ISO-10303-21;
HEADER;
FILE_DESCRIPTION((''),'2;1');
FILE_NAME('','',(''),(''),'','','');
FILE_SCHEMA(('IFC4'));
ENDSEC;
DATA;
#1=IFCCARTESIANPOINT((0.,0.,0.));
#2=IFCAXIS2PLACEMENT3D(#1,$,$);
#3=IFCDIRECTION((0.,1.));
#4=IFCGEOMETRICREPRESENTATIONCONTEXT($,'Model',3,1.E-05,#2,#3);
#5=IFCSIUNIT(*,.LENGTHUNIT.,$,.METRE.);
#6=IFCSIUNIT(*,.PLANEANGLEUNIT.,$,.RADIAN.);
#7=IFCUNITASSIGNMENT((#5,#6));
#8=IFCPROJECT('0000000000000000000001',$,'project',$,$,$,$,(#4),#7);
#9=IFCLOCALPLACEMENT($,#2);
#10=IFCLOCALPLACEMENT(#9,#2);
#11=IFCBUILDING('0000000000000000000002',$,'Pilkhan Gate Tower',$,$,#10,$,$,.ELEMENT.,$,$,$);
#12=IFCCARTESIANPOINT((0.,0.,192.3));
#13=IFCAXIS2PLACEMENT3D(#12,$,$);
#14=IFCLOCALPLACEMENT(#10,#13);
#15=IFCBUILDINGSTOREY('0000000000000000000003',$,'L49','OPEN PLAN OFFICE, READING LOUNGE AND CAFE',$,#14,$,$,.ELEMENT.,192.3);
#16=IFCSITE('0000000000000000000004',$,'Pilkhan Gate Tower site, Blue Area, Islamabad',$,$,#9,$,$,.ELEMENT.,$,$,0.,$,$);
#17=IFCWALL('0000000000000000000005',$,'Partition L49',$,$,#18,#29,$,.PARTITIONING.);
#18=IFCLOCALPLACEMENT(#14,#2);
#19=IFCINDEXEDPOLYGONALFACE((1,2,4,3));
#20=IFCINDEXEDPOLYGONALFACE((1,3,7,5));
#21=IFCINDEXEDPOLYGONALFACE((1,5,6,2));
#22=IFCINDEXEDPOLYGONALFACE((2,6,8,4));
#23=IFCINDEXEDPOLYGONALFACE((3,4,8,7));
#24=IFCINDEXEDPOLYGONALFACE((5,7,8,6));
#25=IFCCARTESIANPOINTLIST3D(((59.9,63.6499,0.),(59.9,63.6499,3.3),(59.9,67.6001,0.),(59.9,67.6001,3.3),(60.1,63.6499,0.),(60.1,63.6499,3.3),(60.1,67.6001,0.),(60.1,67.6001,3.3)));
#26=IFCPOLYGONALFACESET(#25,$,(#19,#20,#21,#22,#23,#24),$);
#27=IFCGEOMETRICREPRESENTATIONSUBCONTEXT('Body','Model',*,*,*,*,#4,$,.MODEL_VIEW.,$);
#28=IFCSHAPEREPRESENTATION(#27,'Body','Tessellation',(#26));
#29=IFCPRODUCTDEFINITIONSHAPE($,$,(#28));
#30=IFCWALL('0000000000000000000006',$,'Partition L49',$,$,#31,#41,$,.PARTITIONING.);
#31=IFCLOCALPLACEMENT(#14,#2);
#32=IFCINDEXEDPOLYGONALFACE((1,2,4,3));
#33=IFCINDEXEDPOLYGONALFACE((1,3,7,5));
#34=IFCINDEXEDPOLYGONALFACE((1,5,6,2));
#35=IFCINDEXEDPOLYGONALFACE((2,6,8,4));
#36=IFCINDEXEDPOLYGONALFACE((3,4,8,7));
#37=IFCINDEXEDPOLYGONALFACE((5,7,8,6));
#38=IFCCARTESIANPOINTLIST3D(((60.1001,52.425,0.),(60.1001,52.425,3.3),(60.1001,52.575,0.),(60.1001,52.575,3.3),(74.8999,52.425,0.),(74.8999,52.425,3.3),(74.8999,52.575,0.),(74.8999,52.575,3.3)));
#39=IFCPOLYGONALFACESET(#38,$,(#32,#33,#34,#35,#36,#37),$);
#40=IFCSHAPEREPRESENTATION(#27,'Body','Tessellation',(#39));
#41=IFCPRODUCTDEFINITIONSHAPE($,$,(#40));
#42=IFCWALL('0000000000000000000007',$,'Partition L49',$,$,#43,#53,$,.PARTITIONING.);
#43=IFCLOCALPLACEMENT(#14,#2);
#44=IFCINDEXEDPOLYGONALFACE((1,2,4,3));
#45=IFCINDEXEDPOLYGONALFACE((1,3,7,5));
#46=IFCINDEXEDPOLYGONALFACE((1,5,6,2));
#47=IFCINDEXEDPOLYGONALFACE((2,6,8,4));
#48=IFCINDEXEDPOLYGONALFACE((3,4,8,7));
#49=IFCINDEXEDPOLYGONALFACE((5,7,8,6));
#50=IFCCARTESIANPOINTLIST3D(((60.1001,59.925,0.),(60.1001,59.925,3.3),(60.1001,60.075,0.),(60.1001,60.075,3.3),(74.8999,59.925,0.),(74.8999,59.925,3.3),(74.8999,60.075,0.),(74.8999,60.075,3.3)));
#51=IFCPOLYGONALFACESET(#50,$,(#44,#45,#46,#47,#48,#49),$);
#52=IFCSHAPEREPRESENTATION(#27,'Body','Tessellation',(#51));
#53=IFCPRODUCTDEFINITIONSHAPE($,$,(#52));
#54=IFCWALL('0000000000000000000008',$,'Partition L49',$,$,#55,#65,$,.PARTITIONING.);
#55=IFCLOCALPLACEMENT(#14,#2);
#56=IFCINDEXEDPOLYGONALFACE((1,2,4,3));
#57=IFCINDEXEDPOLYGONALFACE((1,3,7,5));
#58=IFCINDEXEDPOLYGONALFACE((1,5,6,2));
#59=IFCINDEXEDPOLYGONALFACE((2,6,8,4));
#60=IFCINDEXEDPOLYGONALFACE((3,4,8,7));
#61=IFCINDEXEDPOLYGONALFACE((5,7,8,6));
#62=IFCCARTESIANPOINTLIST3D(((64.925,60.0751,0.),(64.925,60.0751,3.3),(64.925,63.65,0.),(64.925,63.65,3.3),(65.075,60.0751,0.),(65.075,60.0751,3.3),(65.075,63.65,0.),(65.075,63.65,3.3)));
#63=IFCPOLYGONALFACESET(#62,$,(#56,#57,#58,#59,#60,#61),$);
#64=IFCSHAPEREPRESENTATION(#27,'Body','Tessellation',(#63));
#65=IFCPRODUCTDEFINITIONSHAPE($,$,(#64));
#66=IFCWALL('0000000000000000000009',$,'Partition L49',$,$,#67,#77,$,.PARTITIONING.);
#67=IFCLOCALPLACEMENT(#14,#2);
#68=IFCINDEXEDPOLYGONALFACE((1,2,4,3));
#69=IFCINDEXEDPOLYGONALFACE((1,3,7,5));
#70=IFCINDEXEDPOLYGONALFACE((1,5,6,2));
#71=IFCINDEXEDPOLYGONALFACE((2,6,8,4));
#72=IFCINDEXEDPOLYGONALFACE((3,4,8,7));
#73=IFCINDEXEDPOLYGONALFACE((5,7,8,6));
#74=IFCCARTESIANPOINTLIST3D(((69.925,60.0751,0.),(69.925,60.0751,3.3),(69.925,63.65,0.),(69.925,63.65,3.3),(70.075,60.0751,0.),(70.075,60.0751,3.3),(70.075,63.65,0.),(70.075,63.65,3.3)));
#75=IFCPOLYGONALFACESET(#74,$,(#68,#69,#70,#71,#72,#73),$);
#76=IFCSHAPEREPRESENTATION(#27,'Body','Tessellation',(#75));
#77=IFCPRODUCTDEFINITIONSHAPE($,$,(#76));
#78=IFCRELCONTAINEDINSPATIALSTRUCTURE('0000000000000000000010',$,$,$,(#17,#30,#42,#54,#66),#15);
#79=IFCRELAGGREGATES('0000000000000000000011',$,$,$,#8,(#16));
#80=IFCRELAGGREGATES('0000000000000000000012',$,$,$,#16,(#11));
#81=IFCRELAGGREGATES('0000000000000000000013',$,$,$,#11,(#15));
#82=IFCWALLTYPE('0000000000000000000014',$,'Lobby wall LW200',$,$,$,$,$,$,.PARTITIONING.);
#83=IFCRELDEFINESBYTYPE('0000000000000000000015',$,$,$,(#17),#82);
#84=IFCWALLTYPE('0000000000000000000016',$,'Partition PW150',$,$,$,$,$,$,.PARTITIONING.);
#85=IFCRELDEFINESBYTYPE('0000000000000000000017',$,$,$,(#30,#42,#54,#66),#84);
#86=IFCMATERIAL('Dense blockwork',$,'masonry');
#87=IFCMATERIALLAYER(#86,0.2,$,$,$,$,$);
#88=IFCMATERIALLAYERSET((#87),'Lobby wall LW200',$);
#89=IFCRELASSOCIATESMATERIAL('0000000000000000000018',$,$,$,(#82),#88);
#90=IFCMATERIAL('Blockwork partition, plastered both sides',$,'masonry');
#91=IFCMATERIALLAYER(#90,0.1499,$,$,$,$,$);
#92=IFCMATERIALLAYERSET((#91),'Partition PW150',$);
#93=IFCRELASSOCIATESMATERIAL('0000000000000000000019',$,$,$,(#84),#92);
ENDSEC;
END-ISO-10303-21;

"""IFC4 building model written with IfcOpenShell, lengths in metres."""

from ifc_helpers import new_model, si_unit, direction, frame, frame_2d, origin, place, context, subcontext, project, spatial, rectangle, extrude, material, layer, layer_set, type_object, element, save


model = new_model("IFC4")

# Units and contexts
model_context = context("Model", 3, precision=1e-05, world=origin(), true_north=direction((0.0, 1.0)))
body_context = subcontext(model_context, "Body", "Model", "MODEL_VIEW")
ifc_project = project(units=[si_unit("LENGTHUNIT", "METRE"), si_unit("PLANEANGLEUNIT", "RADIAN")], contexts=[model_context])

# Site, building, storey
site_placement = place(None, origin())
site = spatial("IfcSite", under=ifc_project, at=site_placement, Name="Pilkhan Gate Tower site, Blue Area, Islamabad", CompositionType="ELEMENT", RefElevation=0.0)
building_placement = place(site_placement, origin())
building = spatial("IfcBuilding", under=site, at=building_placement, Name="Pilkhan Gate Tower", CompositionType="ELEMENT")
storey_placement = place(building_placement, frame((0.0, 0.0, 192.3)))
storey = spatial("IfcBuildingStorey", under=building, at=storey_placement, Name="L49", Description="OPEN PLAN OFFICE, READING LOUNGE AND CAFE", CompositionType="ELEMENT", Elevation=192.3)

# Shared definitions
ifc_material_1 = material(Name="Dense blockwork", Category="masonry")

# Shared definitions
ifc_layer_1 = layer(ifc_material_1, 0.2)
ifc_layer_set_1 = layer_set([ifc_layer_1], Name="Lobby wall LW200")
wall_type_1 = type_object("IfcWallType", Name="Lobby wall LW200", PredefinedType="PARTITIONING", material=ifc_layer_set_1)

# Walls
wall_1_placement = place(storey_placement, frame((60.0, 63.6499, 0.0), z_axis=(0.0, 0.0, 1.0), x_axis=(0.0, 1.0, 0.0)))
element("IfcWall", 1, at=wall_1_placement, inside=storey, type_object=wall_type_1, Name="Partition L49", PredefinedType="PARTITIONING", context=body_context, shape_type="SweptSolid", body=[
    extrude(rectangle(XDim=3.9502, YDim=0.2, at=frame_2d((1.9751, 0.0))), origin(), (0.0, 0.0, 1.0), 3.3),
])
ifc_material_2 = material(Name="Blockwork partition, plastered both sides", Category="masonry")
ifc_layer_2 = layer(ifc_material_2, 0.1499)
ifc_layer_set_2 = layer_set([ifc_layer_2], Name="Partition PW150")
wall_type_2 = type_object("IfcWallType", Name="Partition PW150", PredefinedType="PARTITIONING", material=ifc_layer_set_2)
for number, where, z_axis, x_axis, name in (
    (2, (60.1001, 52.5, 0.0), (0.0, 0.0, 1.0), (1.0, 0.0, 0.0), "Partition L49"),
    (3, (60.1001, 60.0, 0.0), (0.0, 0.0, 1.0), (1.0, 0.0, 0.0), "Partition L49"),
):
    element("IfcWall", number, at=place(storey_placement, frame(where, z_axis=z_axis, x_axis=x_axis)), inside=storey, type_object=wall_type_2, Name=name, PredefinedType="PARTITIONING", context=body_context, shape_type="SweptSolid", body=[
        extrude(rectangle(XDim=14.7998, YDim=0.1499, at=frame_2d((7.3999, 0.0))), origin(), (0.0, 0.0, 1.0), 3.3),
    ])
for number, where, z_axis, x_axis, name in (
    (4, (65.0, 60.075, 0.0), (0.0, 0.0, 1.0), (0.0, 1.0, 0.0), "Partition L49"),
    (5, (70.0, 60.075, 0.0), (0.0, 0.0, 1.0), (0.0, 1.0, 0.0), "Partition L49"),
):
    element("IfcWall", number, at=place(storey_placement, frame(where, z_axis=z_axis, x_axis=x_axis)), inside=storey, type_object=wall_type_2, Name=name, PredefinedType="PARTITIONING", context=body_context, shape_type="SweptSolid", body=[
        extrude(rectangle(XDim=3.575, YDim=0.1499, at=frame_2d((1.7876, 0.0))), origin(), (0.0, 0.0, 1.0), 3.3),
    ])

save(model, "model.ifc")
